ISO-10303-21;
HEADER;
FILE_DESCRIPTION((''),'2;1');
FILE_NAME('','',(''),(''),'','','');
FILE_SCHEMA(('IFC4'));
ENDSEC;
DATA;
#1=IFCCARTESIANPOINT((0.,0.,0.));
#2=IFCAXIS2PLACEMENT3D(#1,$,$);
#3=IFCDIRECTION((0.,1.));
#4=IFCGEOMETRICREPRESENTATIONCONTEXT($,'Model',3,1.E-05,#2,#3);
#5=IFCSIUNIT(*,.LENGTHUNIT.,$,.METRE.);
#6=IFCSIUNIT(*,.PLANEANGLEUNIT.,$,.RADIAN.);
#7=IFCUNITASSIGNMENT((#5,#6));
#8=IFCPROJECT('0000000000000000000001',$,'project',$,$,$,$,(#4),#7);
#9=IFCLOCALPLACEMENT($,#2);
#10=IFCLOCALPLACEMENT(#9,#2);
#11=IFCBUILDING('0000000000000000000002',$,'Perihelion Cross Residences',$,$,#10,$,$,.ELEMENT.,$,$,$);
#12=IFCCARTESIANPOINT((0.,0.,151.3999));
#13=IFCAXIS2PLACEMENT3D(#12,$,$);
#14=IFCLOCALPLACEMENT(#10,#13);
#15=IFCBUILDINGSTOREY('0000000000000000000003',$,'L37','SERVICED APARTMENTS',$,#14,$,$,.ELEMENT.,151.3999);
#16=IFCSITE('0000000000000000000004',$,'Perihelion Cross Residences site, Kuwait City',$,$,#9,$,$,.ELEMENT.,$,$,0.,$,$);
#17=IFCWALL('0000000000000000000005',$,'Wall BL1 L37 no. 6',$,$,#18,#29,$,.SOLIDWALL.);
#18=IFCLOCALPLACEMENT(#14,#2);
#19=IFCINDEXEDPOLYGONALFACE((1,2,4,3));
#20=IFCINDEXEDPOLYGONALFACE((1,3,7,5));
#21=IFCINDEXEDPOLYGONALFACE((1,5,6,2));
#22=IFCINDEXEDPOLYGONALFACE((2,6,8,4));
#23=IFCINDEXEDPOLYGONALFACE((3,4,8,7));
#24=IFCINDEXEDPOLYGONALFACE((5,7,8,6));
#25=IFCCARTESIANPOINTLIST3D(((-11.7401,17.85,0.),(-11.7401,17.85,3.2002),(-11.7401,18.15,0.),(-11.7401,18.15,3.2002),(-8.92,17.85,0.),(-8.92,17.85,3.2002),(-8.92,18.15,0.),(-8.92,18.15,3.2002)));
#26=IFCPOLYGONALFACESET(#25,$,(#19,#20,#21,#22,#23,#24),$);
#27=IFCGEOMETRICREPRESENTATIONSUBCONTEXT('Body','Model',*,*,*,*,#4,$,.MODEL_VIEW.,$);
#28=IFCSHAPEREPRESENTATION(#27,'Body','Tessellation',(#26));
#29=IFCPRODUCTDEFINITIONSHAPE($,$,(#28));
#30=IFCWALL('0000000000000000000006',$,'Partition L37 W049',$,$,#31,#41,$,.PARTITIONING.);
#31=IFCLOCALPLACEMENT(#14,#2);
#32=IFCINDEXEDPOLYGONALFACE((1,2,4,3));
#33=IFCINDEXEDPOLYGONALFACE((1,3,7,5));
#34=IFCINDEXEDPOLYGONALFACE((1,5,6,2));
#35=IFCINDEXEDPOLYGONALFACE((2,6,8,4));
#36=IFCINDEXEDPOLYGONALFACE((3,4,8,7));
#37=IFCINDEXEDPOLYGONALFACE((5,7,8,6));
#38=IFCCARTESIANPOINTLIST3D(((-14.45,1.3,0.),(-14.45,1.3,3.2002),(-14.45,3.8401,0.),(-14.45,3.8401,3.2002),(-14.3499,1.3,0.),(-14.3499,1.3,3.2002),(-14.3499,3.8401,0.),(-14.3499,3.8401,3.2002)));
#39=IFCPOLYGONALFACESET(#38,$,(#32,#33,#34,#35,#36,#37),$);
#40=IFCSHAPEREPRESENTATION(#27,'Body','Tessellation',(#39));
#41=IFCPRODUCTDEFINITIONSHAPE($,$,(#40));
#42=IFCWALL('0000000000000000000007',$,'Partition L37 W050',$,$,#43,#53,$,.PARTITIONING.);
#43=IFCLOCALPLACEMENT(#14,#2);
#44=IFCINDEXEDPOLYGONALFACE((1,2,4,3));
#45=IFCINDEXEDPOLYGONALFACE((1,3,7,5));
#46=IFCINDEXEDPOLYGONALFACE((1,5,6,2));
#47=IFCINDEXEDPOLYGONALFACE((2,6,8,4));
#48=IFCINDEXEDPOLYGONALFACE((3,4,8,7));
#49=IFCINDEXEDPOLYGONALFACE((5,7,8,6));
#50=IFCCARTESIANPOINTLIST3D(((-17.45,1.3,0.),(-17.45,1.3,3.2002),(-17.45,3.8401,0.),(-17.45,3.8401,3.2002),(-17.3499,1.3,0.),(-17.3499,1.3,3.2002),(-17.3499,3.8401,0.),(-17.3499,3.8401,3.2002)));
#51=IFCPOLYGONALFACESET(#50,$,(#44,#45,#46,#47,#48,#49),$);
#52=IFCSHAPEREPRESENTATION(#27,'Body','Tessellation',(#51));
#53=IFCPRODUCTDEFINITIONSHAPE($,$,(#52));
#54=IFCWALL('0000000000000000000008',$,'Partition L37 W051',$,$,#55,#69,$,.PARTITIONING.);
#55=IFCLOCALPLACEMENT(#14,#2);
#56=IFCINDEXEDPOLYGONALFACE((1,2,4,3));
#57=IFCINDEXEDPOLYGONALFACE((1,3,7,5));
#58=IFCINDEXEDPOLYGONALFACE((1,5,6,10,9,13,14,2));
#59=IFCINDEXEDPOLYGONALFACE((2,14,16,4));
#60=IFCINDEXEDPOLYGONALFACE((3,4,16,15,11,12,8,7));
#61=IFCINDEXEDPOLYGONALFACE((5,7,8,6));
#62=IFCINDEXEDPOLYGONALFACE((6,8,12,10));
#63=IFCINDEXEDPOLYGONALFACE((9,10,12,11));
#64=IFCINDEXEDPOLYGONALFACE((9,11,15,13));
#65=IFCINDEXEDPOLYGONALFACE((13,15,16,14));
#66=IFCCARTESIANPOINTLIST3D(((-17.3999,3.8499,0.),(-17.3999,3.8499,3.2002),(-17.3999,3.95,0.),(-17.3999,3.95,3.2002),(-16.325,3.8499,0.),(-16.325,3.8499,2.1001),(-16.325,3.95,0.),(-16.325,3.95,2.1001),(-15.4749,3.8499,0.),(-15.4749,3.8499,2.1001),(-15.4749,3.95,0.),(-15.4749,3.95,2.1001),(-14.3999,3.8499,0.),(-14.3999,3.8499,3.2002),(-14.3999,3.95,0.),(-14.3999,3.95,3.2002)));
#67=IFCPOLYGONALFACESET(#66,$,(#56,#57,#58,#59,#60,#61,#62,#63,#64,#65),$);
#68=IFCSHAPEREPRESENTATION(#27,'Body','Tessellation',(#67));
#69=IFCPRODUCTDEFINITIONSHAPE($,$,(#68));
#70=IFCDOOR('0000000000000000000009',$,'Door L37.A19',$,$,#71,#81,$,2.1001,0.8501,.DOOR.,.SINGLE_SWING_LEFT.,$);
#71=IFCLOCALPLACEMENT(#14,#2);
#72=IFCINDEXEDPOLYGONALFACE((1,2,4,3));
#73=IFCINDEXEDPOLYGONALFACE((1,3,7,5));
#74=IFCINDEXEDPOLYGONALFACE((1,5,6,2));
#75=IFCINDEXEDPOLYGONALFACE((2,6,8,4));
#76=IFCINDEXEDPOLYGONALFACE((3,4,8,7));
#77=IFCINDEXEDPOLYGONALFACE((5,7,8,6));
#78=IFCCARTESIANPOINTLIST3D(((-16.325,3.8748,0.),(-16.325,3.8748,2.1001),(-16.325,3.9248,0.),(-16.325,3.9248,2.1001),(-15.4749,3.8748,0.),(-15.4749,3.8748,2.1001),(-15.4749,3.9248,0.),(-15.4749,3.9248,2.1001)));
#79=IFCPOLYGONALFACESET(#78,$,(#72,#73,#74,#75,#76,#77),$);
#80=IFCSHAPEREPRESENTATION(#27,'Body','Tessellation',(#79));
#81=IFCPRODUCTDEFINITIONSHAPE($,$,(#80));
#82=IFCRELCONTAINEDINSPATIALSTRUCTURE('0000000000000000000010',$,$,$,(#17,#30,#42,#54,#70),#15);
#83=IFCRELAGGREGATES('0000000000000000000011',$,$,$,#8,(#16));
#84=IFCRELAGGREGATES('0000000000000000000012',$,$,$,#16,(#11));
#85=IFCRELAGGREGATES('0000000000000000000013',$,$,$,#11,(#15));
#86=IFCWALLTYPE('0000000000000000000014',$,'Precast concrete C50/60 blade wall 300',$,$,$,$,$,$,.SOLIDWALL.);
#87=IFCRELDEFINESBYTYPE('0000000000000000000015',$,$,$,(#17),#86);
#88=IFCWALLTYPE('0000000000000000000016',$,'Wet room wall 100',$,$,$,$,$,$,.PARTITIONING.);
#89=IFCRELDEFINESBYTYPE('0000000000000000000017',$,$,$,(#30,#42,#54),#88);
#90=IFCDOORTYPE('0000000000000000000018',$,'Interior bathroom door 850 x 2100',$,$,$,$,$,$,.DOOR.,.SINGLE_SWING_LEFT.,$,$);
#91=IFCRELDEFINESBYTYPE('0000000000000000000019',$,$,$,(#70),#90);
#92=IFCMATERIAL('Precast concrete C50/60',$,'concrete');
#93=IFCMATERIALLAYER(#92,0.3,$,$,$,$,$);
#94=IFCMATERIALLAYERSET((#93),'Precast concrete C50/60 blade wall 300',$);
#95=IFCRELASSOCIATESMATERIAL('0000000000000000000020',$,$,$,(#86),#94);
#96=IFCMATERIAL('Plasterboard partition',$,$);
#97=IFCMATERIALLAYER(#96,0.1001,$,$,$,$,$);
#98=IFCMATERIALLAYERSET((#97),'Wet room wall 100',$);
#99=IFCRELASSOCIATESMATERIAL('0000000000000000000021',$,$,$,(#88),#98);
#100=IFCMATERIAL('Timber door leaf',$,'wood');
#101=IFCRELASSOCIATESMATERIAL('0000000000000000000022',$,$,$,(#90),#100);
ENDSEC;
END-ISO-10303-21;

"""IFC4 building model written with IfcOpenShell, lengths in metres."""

from ifc_helpers import new_model, si_unit, direction, frame, frame_2d, origin, place, context, subcontext, project, spatial, rectangle, extrude, material, layer, layer_set, type_object, element, fill, save


model = new_model("IFC4")

# Units and contexts
model_context = context("Model", 3, precision=1e-05, world=origin(), true_north=direction((0.0, 1.0)))
body_context = subcontext(model_context, "Body", "Model", "MODEL_VIEW")
ifc_project = project(units=[si_unit("LENGTHUNIT", "METRE"), si_unit("PLANEANGLEUNIT", "RADIAN")], contexts=[model_context])

# Site, building, storey
site_placement = place(None, origin())
site = spatial("IfcSite", under=ifc_project, at=site_placement, Name="Perihelion Cross Residences site, Kuwait City", CompositionType="ELEMENT", RefElevation=0.0)
building_placement = place(site_placement, origin())
building = spatial("IfcBuilding", under=site, at=building_placement, Name="Perihelion Cross Residences", CompositionType="ELEMENT")
storey_placement = place(building_placement, frame((0.0, 0.0, 151.3999)))
storey = spatial("IfcBuildingStorey", under=building, at=storey_placement, Name="L37", Description="SERVICED APARTMENTS", CompositionType="ELEMENT", Elevation=151.3999)

# Walls
ifc_material_1 = material(Name="Precast concrete C50/60", Category="concrete")
ifc_layer_1 = layer(ifc_material_1, 0.3)
ifc_layer_set_1 = layer_set([ifc_layer_1], Name="Precast concrete C50/60 blade wall 300")
wall_type_1 = type_object("IfcWallType", Name="Precast concrete C50/60 blade wall 300", PredefinedType="SOLIDWALL", material=ifc_layer_set_1)
wall_1_placement = place(storey_placement, frame((-8.9199, 18.0, 0.0), z_axis=(0.0, 0.0, 1.0), x_axis=(-1.0, 0.0, 0.0)))
element("IfcWall", 1, at=wall_1_placement, inside=storey, type_object=wall_type_1, Name="Wall BL1 L37 no. 6", PredefinedType="SOLIDWALL", context=body_context, shape_type="SweptSolid", body=[
    extrude(rectangle(XDim=2.8201, YDim=0.3, at=frame_2d((1.4102, 0.0))), origin(), (0.0, 0.0, 1.0), 3.2002),
])
ifc_material_2 = material(Name="Plasterboard partition")
ifc_layer_2 = layer(ifc_material_2, 0.1001)
ifc_layer_set_2 = layer_set([ifc_layer_2], Name="Wet room wall 100")
wall_type_2 = type_object("IfcWallType", Name="Wet room wall 100", PredefinedType="PARTITIONING", material=ifc_layer_set_2)
for number, where, z_axis, x_axis, name in (
    (2, (-14.3999, 1.3, 0.0), (0.0, 0.0, 1.0), (0.0, 1.0, 0.0), "Partition L37 W049"),
    (3, (-17.3999, 1.3, 0.0), (0.0, 0.0, 1.0), (0.0, 1.0, 0.0), "Partition L37 W050"),
):
    element("IfcWall", number, at=place(storey_placement, frame(where, z_axis=z_axis, x_axis=x_axis)), inside=storey, type_object=wall_type_2, Name=name, PredefinedType="PARTITIONING", context=body_context, shape_type="SweptSolid", body=[
        extrude(rectangle(XDim=2.54, YDim=0.1001, at=frame_2d((1.27, 0.0))), origin(), (0.0, 0.0, 1.0), 3.2002),
    ])

# Wall, opening, door
wall_2_placement = place(storey_placement, frame((-17.3999, 3.8999, 0.0), z_axis=(0.0, 0.0, 1.0), x_axis=(1.0, 0.0, 0.0)))
wall_2 = element("IfcWall", 4, at=wall_2_placement, inside=storey, type_object=wall_type_2, Name="Partition L37 W051", PredefinedType="PARTITIONING", context=body_context, shape_type="SweptSolid", body=[
    extrude(rectangle(XDim=3.0, YDim=0.1001, at=frame_2d((1.5, 0.0))), origin(), (0.0, 0.0, 1.0), 3.2002),
])
opening_1_placement = place(wall_2_placement, frame((1.075, 0.0, 0.0)))
opening_1 = element("IfcOpeningElement", 5, at=opening_1_placement, cuts=wall_2, PredefinedType="OPENING", context=body_context, shape_type="SweptSolid", body=[
    extrude(rectangle(XDim=0.8501, YDim=2.1001, at=frame_2d((0.425, 1.05))), frame((0.0, 0.0601, 0.0), z_axis=(0.0, -1.0, 0.0), x_axis=(1.0, 0.0, 0.0)), (0.0, 0.0, 1.0), 0.1201),
])
ifc_material_3 = material(Name="Timber door leaf", Category="wood")
door_type_1 = type_object("IfcDoorType", Name="Interior bathroom door 850 x 2100", OperationType="SINGLE_SWING_LEFT", PredefinedType="DOOR", material=ifc_material_3)
door_1_placement = place(opening_1_placement, origin())
door_1 = element("IfcDoor", 6, at=door_1_placement, inside=storey, type_object=door_type_1, Name="Door L37.A19", OperationType="SINGLE_SWING_LEFT", OverallHeight=2.1001, OverallWidth=0.8501, PredefinedType="DOOR", context=body_context, shape_type="SweptSolid", body=[
    extrude(rectangle(XDim=0.8501, YDim=2.1001, at=frame_2d((0.425, 1.05))), frame((0.0, 0.0249, 0.0), z_axis=(0.0, -1.0, 0.0), x_axis=(1.0, 0.0, 0.0)), (0.0, 0.0, 1.0), 0.05),
])
fill(opening_1, door_1)

save(model, "model.ifc")
